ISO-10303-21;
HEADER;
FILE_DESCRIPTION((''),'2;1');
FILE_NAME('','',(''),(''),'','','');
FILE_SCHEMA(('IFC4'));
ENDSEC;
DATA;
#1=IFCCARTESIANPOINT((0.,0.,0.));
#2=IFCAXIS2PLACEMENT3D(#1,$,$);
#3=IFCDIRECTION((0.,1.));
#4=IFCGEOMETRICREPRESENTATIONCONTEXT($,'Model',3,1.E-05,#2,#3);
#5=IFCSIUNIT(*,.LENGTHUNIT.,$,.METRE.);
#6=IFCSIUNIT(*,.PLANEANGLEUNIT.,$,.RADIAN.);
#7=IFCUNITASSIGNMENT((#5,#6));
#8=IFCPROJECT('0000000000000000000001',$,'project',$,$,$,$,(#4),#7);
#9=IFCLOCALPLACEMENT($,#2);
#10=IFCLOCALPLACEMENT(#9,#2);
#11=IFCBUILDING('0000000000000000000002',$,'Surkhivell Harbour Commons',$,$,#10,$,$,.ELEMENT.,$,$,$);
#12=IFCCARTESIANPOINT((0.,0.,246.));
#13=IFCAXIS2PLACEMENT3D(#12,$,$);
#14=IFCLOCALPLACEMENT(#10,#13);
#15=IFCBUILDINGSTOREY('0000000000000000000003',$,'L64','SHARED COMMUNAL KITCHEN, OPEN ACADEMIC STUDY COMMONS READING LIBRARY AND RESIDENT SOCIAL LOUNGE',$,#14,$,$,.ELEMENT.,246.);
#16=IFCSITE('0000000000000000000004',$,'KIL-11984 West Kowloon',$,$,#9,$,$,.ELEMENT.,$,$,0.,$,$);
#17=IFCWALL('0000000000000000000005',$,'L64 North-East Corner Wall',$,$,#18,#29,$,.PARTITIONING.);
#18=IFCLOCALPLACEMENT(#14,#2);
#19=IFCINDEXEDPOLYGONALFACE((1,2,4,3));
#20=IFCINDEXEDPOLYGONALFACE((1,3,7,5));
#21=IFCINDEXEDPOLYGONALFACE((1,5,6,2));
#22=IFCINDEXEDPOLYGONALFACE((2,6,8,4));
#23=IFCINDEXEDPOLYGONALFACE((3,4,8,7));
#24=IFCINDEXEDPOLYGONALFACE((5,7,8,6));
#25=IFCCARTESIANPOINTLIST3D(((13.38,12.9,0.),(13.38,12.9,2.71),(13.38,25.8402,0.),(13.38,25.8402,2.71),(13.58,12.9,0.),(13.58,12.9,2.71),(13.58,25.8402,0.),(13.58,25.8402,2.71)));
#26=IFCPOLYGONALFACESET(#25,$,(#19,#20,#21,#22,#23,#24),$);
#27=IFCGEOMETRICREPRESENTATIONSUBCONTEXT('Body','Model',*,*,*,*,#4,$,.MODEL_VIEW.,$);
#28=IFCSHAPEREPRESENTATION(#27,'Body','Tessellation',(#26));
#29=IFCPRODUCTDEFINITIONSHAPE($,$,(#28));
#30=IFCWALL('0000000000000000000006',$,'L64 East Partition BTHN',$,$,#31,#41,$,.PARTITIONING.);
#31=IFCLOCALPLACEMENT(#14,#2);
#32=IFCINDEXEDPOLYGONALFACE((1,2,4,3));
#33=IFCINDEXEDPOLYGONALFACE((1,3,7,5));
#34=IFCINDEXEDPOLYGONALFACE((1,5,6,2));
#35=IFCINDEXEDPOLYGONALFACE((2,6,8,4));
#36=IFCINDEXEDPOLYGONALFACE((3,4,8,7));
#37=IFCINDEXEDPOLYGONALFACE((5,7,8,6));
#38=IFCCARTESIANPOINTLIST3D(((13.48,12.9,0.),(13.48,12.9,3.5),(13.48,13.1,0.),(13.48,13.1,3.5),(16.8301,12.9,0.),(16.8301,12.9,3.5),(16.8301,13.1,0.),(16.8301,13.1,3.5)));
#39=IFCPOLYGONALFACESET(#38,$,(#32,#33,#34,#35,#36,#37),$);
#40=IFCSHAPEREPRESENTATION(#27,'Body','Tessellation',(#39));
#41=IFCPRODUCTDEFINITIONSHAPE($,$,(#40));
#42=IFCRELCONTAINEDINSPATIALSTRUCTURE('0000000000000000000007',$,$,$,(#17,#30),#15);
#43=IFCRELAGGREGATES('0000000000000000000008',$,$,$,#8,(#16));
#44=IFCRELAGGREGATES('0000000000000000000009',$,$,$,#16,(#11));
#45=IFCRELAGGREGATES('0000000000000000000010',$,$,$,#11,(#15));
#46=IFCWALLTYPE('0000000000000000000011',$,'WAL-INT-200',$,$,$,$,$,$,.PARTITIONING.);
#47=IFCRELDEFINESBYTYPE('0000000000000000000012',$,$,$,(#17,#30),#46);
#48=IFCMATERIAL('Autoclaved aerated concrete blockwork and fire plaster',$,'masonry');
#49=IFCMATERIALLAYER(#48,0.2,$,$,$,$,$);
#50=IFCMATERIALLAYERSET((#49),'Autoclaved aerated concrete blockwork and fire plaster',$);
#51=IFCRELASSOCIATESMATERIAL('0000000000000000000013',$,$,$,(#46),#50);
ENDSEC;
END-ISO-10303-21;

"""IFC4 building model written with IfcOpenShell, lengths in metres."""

from ifc_helpers import new_model, si_unit, direction, frame, frame_2d, origin, place, context, subcontext, project, spatial, rectangle, extrude, material, layer, layer_set, type_object, element, save


model = new_model("IFC4")

# Units and contexts
model_context = context("Model", 3, precision=1e-05, world=origin(), true_north=direction((0.0, 1.0)))
body_context = subcontext(model_context, "Body", "Model", "MODEL_VIEW")
ifc_project = project(units=[si_unit("LENGTHUNIT", "METRE"), si_unit("PLANEANGLEUNIT", "RADIAN")], contexts=[model_context])

# Site, building, storey
site_placement = place(None, origin())
site = spatial("IfcSite", under=ifc_project, at=site_placement, Name="KIL-11984 West Kowloon", CompositionType="ELEMENT", RefElevation=0.0)
building_placement = place(site_placement, origin())
building = spatial("IfcBuilding", under=site, at=building_placement, Name="Surkhivell Harbour Commons", CompositionType="ELEMENT")
storey_placement = place(building_placement, frame((0.0, 0.0, 246.0)))
storey = spatial("IfcBuildingStorey", under=building, at=storey_placement, Name="L64", Description="SHARED COMMUNAL KITCHEN, OPEN ACADEMIC STUDY COMMONS READING LIBRARY AND RESIDENT SOCIAL LOUNGE", CompositionType="ELEMENT", Elevation=246.0)

# Walls
ifc_material_1 = material(Name="Autoclaved aerated concrete blockwork and fire plaster", Category="masonry")
ifc_layer_1 = layer(ifc_material_1, 0.2)
ifc_layer_set_1 = layer_set([ifc_layer_1], Name="Autoclaved aerated concrete blockwork and fire plaster")
wall_type_1 = type_object("IfcWallType", Name="WAL-INT-200", PredefinedType="PARTITIONING", material=ifc_layer_set_1)
wall_1_placement = place(storey_placement, frame((13.48, 12.8999, 0.0), z_axis=(0.0, 0.0, 1.0), x_axis=(0.0, 1.0, 0.0)))
element("IfcWall", 1, at=wall_1_placement, inside=storey, type_object=wall_type_1, Name="L64 North-East Corner Wall", PredefinedType="PARTITIONING", context=body_context, shape_type="SweptSolid", body=[
    extrude(rectangle(XDim=12.9402, YDim=0.2, at=frame_2d((6.4702, 0.0))), origin(), (0.0, 0.0, 1.0), 2.71),
])
wall_2_placement = place(storey_placement, frame((13.48, 13.0, 0.0), z_axis=(0.0, 0.0, 1.0), x_axis=(1.0, 0.0, 0.0)))
element("IfcWall", 2, at=wall_2_placement, inside=storey, type_object=wall_type_1, Name="L64 East Partition BTHN", PredefinedType="PARTITIONING", context=body_context, shape_type="SweptSolid", body=[
    extrude(rectangle(XDim=3.3501, YDim=0.2, at=frame_2d((1.675, 0.0))), origin(), (0.0, 0.0, 1.0), 3.5),
])

save(model, "model.ifc")
